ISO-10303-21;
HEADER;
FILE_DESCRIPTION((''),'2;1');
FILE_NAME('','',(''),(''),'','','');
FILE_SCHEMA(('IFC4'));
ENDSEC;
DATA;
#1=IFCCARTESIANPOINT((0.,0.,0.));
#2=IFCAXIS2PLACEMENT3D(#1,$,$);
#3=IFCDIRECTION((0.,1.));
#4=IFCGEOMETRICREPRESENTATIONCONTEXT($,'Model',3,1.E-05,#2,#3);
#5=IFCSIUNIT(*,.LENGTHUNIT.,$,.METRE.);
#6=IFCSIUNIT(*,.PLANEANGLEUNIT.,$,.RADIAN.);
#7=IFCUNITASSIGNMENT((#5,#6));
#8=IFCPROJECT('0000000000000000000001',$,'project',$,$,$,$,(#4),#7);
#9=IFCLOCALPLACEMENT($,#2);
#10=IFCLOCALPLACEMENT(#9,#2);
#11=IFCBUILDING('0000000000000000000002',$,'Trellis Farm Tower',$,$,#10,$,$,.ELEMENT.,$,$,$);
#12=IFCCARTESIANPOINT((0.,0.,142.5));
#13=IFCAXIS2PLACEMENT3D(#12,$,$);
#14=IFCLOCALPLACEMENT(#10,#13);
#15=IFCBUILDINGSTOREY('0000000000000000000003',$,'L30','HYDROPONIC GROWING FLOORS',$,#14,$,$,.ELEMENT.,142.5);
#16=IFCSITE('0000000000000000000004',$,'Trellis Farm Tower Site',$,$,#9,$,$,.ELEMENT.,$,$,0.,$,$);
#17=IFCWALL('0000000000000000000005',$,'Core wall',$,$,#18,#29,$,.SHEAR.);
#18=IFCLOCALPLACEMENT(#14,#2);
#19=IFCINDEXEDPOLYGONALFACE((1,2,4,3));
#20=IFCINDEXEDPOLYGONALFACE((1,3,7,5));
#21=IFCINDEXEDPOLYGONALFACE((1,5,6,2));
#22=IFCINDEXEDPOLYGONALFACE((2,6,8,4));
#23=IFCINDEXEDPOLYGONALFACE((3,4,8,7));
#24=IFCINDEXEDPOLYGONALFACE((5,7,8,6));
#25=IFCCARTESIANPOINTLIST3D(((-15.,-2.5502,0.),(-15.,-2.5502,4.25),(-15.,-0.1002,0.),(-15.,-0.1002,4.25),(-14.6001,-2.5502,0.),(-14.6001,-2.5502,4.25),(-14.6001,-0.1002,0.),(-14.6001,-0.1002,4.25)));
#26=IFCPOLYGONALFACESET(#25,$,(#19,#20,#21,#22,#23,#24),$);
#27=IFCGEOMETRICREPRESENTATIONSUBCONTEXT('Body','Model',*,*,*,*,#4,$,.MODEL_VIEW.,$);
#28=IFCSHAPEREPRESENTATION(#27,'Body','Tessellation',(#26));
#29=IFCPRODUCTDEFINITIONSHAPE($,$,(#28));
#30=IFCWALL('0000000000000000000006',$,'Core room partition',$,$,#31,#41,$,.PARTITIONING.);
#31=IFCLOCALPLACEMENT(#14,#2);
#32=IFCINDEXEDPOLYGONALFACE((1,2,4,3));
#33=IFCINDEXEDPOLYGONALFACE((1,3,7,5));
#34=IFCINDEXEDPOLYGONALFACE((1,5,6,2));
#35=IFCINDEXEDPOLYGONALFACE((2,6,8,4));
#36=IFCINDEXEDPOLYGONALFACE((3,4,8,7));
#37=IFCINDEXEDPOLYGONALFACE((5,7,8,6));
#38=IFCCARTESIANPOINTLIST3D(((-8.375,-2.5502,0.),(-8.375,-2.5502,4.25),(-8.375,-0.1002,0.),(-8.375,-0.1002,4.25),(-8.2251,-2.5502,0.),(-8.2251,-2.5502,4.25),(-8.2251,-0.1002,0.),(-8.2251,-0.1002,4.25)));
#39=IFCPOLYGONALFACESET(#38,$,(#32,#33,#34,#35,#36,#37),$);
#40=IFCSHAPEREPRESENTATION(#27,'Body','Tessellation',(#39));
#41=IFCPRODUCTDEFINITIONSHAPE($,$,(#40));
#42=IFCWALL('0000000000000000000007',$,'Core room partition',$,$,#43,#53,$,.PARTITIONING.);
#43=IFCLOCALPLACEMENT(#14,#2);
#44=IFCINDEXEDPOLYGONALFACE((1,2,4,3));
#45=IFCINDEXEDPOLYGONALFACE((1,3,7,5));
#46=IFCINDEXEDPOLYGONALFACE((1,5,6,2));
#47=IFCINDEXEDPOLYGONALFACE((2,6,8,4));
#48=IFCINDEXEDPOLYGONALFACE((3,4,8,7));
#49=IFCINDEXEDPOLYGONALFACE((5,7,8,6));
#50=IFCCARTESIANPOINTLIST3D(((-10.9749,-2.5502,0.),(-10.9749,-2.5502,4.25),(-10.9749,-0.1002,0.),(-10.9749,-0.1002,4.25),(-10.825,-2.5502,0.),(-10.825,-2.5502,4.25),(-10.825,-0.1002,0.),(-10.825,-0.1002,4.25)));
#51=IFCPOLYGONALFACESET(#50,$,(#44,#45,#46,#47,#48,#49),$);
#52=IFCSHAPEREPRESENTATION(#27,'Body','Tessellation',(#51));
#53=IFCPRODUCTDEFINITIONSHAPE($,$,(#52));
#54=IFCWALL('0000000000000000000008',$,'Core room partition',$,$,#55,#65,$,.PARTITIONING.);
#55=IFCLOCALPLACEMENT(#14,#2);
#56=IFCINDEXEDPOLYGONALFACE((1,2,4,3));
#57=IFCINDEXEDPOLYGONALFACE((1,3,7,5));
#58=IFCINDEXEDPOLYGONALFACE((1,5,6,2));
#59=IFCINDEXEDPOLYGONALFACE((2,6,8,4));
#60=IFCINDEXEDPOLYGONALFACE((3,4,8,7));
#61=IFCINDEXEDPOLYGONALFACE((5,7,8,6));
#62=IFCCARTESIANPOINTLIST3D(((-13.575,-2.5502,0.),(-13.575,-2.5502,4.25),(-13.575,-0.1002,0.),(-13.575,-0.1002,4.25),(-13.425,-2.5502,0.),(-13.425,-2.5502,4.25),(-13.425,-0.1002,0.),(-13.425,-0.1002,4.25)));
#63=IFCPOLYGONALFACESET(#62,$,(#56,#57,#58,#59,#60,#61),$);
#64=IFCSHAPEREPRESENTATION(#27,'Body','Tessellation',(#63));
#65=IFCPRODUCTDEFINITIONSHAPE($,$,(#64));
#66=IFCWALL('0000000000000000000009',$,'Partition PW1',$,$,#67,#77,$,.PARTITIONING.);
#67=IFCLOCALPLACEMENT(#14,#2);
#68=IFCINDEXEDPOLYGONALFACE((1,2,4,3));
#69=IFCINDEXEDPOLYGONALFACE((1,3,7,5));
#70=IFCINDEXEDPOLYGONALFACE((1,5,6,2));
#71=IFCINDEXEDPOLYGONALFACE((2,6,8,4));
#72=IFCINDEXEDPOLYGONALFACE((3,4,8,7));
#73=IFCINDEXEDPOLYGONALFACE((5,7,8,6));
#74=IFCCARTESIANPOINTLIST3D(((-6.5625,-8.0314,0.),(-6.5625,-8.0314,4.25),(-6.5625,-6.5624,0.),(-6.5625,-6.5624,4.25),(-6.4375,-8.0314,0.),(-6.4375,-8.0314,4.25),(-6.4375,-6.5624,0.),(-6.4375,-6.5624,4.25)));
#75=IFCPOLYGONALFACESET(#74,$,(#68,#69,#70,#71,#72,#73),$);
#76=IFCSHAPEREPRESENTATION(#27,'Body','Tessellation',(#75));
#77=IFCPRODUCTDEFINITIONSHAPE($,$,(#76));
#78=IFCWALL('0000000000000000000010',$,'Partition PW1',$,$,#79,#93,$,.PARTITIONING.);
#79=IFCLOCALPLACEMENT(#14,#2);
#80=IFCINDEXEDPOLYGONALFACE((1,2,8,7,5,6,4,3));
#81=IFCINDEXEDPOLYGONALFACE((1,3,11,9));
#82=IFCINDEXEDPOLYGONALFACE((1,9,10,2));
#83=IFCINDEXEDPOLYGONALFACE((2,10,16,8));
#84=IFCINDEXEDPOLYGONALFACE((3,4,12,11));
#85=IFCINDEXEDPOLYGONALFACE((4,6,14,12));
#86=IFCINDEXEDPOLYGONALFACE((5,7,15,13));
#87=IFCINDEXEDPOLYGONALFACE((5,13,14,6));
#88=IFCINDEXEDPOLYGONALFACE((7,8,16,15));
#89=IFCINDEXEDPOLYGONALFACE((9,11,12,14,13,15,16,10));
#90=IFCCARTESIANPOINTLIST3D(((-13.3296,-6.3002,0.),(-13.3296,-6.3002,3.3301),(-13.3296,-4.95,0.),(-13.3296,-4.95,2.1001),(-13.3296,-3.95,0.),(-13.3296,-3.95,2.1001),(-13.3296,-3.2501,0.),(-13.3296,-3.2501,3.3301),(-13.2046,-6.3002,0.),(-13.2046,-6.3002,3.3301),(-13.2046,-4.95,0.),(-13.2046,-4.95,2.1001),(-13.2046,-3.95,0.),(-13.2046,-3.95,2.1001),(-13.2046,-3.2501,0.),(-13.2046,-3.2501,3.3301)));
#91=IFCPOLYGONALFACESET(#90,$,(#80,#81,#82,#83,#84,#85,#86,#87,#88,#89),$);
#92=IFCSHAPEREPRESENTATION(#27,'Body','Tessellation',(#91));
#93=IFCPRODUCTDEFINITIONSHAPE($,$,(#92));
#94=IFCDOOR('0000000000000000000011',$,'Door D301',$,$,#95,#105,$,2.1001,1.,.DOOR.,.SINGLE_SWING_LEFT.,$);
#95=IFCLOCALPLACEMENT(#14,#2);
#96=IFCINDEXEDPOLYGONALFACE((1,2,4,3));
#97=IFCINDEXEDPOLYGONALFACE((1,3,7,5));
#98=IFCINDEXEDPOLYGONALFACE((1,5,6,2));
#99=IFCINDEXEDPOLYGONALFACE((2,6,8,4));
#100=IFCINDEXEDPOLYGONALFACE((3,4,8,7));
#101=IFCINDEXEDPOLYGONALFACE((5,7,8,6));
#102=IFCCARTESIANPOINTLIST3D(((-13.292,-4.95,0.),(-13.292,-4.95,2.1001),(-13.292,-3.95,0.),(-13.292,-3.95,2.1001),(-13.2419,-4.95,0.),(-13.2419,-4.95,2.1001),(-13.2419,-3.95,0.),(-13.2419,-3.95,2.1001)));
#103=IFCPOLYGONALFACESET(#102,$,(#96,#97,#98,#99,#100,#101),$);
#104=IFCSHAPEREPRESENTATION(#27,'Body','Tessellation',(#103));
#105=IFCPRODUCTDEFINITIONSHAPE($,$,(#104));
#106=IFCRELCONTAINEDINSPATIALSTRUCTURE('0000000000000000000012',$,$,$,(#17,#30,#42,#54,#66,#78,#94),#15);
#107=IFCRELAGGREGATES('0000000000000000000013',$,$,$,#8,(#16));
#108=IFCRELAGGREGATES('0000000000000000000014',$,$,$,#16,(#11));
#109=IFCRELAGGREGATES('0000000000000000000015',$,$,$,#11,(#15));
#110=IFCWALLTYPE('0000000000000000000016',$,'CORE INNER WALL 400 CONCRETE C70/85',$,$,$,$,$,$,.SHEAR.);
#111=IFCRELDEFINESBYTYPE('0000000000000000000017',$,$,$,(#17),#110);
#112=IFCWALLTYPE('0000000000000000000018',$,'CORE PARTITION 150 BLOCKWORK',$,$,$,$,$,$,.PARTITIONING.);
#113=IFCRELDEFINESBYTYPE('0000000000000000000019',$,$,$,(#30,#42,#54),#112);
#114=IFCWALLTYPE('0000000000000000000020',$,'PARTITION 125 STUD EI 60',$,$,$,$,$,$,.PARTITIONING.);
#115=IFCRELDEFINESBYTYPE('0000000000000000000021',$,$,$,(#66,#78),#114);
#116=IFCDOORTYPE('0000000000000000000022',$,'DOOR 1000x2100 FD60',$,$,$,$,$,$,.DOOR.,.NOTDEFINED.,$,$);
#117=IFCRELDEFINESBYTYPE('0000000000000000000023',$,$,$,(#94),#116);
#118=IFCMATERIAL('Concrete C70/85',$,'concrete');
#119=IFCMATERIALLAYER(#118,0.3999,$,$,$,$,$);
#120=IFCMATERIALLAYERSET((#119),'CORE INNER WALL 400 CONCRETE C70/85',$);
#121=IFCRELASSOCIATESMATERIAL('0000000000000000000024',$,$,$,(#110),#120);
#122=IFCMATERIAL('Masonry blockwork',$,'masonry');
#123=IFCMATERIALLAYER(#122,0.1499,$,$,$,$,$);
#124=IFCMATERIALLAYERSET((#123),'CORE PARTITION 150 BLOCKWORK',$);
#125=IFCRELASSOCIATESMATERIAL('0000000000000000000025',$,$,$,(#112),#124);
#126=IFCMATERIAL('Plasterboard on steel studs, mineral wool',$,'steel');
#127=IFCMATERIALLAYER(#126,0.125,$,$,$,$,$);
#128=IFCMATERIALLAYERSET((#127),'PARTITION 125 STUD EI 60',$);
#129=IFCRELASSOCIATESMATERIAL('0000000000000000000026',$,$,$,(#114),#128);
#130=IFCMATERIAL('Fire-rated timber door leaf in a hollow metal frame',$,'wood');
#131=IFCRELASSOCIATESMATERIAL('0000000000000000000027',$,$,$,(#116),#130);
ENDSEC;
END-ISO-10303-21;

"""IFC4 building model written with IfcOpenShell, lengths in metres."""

from ifc_helpers import new_model, si_unit, direction, frame, frame_2d, origin, place, context, subcontext, project, spatial, rectangle, extrude, source, transform, mapped, material, layer, layer_set, type_object, element, fill, save


model = new_model("IFC4")

# Units and contexts
model_context = context("Model", 3, precision=1e-05, world=origin(), true_north=direction((0.0, 1.0)))
body_context = subcontext(model_context, "Body", "Model", "MODEL_VIEW")
ifc_project = project(units=[si_unit("LENGTHUNIT", "METRE"), si_unit("PLANEANGLEUNIT", "RADIAN")], contexts=[model_context])

# Site, building, storey
site_placement = place(None, origin())
site = spatial("IfcSite", under=ifc_project, at=site_placement, Name="Trellis Farm Tower Site", CompositionType="ELEMENT", RefElevation=0.0)
building_placement = place(site_placement, origin())
building = spatial("IfcBuilding", under=site, at=building_placement, Name="Trellis Farm Tower", CompositionType="ELEMENT")
storey_placement = place(building_placement, frame((0.0, 0.0, 142.5)))
storey = spatial("IfcBuildingStorey", under=building, at=storey_placement, Name="L30", Description="HYDROPONIC GROWING FLOORS", CompositionType="ELEMENT", Elevation=142.5)

# Wall
ifc_material_1 = material(Name="Concrete C70/85", Category="concrete")
ifc_layer_1 = layer(ifc_material_1, 0.3999)
ifc_layer_set_1 = layer_set([ifc_layer_1], Name="CORE INNER WALL 400 CONCRETE C70/85")
wall_type_1 = type_object("IfcWallType", Name="CORE INNER WALL 400 CONCRETE C70/85", PredefinedType="SHEAR", material=ifc_layer_set_1)
shared_shape_1 = source(origin(), body_context, "Body", "SweptSolid", [
    extrude(rectangle(XDim=2.45, YDim=0.3999, at=frame_2d((1.2251, 0.0))), origin(), (0.0, 0.0, 1.0), 4.25),
])
for number, where, z_axis, x_axis, name in (
    (1, (-14.8, -0.1001, 0.0), (0.0, 0.0, 1.0), (0.0, -1.0, 0.0), "Core wall"),
):
    element("IfcWall", number, at=place(storey_placement, frame(where, z_axis=z_axis, x_axis=x_axis)), inside=storey, type_object=wall_type_1, Name=name, PredefinedType="SHEAR", context=body_context, shape_type="MappedRepresentation", body=[
        mapped(shared_shape_1, transform((0.0, 0.0, 0.0))),
    ])

# Walls
ifc_material_2 = material(Name="Masonry blockwork", Category="masonry")
ifc_layer_2 = layer(ifc_material_2, 0.1499)
ifc_layer_set_2 = layer_set([ifc_layer_2], Name="CORE PARTITION 150 BLOCKWORK")
wall_type_2 = type_object("IfcWallType", Name="CORE PARTITION 150 BLOCKWORK", PredefinedType="PARTITIONING", material=ifc_layer_set_2)
shared_shape_2 = source(origin(), body_context, "Body", "SweptSolid", [
    extrude(rectangle(XDim=2.45, YDim=0.1499, at=frame_2d((1.2251, 0.0))), origin(), (0.0, 0.0, 1.0), 4.25),
])
for number, where, z_axis, x_axis, name in (
    (2, (-8.3, -0.1001, 0.0), (0.0, 0.0, 1.0), (0.0, -1.0, 0.0), "Core room partition"),
    (3, (-10.8999, -0.1001, 0.0), (0.0, 0.0, 1.0), (0.0, -1.0, 0.0), "Core room partition"),
    (4, (-13.5, -0.1001, 0.0), (0.0, 0.0, 1.0), (0.0, -1.0, 0.0), "Core room partition"),
):
    element("IfcWall", number, at=place(storey_placement, frame(where, z_axis=z_axis, x_axis=x_axis)), inside=storey, type_object=wall_type_2, Name=name, PredefinedType="PARTITIONING", context=body_context, shape_type="MappedRepresentation", body=[
        mapped(shared_shape_2, transform((0.0, 0.0, 0.0))),
    ])
ifc_material_3 = material(Name="Plasterboard on steel studs, mineral wool", Category="steel")
ifc_layer_3 = layer(ifc_material_3, 0.125)
ifc_layer_set_3 = layer_set([ifc_layer_3], Name="PARTITION 125 STUD EI 60")
wall_type_3 = type_object("IfcWallType", Name="PARTITION 125 STUD EI 60", PredefinedType="PARTITIONING", material=ifc_layer_set_3)
shared_shape_3 = source(origin(), body_context, "Body", "SweptSolid", [
    extrude(rectangle(XDim=1.469, YDim=0.125, at=frame_2d((0.7344, 0.0))), origin(), (0.0, 0.0, 1.0), 4.25),
])
wall_1_placement = place(storey_placement, frame((-6.5, -6.5625, 0.0), z_axis=(0.0, 0.0, 1.0), x_axis=(0.0, -1.0, 0.0)))
element("IfcWall", 5, at=wall_1_placement, inside=storey, type_object=wall_type_3, Name="Partition PW1", PredefinedType="PARTITIONING", context=body_context, shape_type="MappedRepresentation", body=[
    mapped(shared_shape_3, transform((0.0, 0.0, 0.0))),
])

# Wall, opening, door
shared_shape_4 = source(origin(), body_context, "Body", "SweptSolid", [
    extrude(rectangle(XDim=3.05, YDim=0.125, at=frame_2d((1.5249, 0.0))), origin(), (0.0, 0.0, 1.0), 3.3301),
])
wall_2_placement = place(storey_placement, frame((-13.2671, -6.3, 0.0), z_axis=(0.0, 0.0, 1.0), x_axis=(0.0, 1.0, 0.0)))
wall_2 = element("IfcWall", 6, at=wall_2_placement, inside=storey, type_object=wall_type_3, Name="Partition PW1", PredefinedType="PARTITIONING", context=body_context, shape_type="MappedRepresentation", body=[
    mapped(shared_shape_4, transform((0.0, 0.0, 0.0))),
])
shared_shape_5 = source(origin(), body_context, "Body", "SweptSolid", [
    extrude(rectangle(XDim=1.0, YDim=2.1001, at=frame_2d((0.5, 1.05))), frame((0.0, 0.0725, 0.0), z_axis=(0.0, -1.0, 0.0), x_axis=(1.0, 0.0, 0.0)), (0.0, 0.0, 1.0), 0.145),
])
opening_1_placement = place(wall_2_placement, frame((1.3501, 0.0, 0.0)))
opening_1 = element("IfcOpeningElement", 7, at=opening_1_placement, cuts=wall_2, PredefinedType="OPENING", context=body_context, shape_type="MappedRepresentation", body=[
    mapped(shared_shape_5, transform((0.0, 0.0, 0.0))),
])
ifc_material_4 = material(Name="Fire-rated timber door leaf in a hollow metal frame", Category="wood")
door_type_1 = type_object("IfcDoorType", Name="DOOR 1000x2100 FD60", OperationType="NOTDEFINED", PredefinedType="DOOR", material=ifc_material_4)
shared_shape_6 = source(origin(), body_context, "Body", "SweptSolid", [
    extrude(rectangle(XDim=1.0, YDim=2.1001, at=frame_2d((0.5, 1.05))), frame((0.0, 0.0249, 0.0), z_axis=(0.0, -1.0, 0.0), x_axis=(1.0, 0.0, 0.0)), (0.0, 0.0, 1.0), 0.05),
])
door_1_placement = place(opening_1_placement, origin())
door_1 = element("IfcDoor", 8, at=door_1_placement, inside=storey, type_object=door_type_1, Name="Door D301", OperationType="SINGLE_SWING_LEFT", OverallHeight=2.1001, OverallWidth=1.0, PredefinedType="DOOR", context=body_context, shape_type="MappedRepresentation", body=[
    mapped(shared_shape_6, transform((0.0, 0.0, 0.0))),
])
fill(opening_1, door_1)

save(model, "model.ifc")
